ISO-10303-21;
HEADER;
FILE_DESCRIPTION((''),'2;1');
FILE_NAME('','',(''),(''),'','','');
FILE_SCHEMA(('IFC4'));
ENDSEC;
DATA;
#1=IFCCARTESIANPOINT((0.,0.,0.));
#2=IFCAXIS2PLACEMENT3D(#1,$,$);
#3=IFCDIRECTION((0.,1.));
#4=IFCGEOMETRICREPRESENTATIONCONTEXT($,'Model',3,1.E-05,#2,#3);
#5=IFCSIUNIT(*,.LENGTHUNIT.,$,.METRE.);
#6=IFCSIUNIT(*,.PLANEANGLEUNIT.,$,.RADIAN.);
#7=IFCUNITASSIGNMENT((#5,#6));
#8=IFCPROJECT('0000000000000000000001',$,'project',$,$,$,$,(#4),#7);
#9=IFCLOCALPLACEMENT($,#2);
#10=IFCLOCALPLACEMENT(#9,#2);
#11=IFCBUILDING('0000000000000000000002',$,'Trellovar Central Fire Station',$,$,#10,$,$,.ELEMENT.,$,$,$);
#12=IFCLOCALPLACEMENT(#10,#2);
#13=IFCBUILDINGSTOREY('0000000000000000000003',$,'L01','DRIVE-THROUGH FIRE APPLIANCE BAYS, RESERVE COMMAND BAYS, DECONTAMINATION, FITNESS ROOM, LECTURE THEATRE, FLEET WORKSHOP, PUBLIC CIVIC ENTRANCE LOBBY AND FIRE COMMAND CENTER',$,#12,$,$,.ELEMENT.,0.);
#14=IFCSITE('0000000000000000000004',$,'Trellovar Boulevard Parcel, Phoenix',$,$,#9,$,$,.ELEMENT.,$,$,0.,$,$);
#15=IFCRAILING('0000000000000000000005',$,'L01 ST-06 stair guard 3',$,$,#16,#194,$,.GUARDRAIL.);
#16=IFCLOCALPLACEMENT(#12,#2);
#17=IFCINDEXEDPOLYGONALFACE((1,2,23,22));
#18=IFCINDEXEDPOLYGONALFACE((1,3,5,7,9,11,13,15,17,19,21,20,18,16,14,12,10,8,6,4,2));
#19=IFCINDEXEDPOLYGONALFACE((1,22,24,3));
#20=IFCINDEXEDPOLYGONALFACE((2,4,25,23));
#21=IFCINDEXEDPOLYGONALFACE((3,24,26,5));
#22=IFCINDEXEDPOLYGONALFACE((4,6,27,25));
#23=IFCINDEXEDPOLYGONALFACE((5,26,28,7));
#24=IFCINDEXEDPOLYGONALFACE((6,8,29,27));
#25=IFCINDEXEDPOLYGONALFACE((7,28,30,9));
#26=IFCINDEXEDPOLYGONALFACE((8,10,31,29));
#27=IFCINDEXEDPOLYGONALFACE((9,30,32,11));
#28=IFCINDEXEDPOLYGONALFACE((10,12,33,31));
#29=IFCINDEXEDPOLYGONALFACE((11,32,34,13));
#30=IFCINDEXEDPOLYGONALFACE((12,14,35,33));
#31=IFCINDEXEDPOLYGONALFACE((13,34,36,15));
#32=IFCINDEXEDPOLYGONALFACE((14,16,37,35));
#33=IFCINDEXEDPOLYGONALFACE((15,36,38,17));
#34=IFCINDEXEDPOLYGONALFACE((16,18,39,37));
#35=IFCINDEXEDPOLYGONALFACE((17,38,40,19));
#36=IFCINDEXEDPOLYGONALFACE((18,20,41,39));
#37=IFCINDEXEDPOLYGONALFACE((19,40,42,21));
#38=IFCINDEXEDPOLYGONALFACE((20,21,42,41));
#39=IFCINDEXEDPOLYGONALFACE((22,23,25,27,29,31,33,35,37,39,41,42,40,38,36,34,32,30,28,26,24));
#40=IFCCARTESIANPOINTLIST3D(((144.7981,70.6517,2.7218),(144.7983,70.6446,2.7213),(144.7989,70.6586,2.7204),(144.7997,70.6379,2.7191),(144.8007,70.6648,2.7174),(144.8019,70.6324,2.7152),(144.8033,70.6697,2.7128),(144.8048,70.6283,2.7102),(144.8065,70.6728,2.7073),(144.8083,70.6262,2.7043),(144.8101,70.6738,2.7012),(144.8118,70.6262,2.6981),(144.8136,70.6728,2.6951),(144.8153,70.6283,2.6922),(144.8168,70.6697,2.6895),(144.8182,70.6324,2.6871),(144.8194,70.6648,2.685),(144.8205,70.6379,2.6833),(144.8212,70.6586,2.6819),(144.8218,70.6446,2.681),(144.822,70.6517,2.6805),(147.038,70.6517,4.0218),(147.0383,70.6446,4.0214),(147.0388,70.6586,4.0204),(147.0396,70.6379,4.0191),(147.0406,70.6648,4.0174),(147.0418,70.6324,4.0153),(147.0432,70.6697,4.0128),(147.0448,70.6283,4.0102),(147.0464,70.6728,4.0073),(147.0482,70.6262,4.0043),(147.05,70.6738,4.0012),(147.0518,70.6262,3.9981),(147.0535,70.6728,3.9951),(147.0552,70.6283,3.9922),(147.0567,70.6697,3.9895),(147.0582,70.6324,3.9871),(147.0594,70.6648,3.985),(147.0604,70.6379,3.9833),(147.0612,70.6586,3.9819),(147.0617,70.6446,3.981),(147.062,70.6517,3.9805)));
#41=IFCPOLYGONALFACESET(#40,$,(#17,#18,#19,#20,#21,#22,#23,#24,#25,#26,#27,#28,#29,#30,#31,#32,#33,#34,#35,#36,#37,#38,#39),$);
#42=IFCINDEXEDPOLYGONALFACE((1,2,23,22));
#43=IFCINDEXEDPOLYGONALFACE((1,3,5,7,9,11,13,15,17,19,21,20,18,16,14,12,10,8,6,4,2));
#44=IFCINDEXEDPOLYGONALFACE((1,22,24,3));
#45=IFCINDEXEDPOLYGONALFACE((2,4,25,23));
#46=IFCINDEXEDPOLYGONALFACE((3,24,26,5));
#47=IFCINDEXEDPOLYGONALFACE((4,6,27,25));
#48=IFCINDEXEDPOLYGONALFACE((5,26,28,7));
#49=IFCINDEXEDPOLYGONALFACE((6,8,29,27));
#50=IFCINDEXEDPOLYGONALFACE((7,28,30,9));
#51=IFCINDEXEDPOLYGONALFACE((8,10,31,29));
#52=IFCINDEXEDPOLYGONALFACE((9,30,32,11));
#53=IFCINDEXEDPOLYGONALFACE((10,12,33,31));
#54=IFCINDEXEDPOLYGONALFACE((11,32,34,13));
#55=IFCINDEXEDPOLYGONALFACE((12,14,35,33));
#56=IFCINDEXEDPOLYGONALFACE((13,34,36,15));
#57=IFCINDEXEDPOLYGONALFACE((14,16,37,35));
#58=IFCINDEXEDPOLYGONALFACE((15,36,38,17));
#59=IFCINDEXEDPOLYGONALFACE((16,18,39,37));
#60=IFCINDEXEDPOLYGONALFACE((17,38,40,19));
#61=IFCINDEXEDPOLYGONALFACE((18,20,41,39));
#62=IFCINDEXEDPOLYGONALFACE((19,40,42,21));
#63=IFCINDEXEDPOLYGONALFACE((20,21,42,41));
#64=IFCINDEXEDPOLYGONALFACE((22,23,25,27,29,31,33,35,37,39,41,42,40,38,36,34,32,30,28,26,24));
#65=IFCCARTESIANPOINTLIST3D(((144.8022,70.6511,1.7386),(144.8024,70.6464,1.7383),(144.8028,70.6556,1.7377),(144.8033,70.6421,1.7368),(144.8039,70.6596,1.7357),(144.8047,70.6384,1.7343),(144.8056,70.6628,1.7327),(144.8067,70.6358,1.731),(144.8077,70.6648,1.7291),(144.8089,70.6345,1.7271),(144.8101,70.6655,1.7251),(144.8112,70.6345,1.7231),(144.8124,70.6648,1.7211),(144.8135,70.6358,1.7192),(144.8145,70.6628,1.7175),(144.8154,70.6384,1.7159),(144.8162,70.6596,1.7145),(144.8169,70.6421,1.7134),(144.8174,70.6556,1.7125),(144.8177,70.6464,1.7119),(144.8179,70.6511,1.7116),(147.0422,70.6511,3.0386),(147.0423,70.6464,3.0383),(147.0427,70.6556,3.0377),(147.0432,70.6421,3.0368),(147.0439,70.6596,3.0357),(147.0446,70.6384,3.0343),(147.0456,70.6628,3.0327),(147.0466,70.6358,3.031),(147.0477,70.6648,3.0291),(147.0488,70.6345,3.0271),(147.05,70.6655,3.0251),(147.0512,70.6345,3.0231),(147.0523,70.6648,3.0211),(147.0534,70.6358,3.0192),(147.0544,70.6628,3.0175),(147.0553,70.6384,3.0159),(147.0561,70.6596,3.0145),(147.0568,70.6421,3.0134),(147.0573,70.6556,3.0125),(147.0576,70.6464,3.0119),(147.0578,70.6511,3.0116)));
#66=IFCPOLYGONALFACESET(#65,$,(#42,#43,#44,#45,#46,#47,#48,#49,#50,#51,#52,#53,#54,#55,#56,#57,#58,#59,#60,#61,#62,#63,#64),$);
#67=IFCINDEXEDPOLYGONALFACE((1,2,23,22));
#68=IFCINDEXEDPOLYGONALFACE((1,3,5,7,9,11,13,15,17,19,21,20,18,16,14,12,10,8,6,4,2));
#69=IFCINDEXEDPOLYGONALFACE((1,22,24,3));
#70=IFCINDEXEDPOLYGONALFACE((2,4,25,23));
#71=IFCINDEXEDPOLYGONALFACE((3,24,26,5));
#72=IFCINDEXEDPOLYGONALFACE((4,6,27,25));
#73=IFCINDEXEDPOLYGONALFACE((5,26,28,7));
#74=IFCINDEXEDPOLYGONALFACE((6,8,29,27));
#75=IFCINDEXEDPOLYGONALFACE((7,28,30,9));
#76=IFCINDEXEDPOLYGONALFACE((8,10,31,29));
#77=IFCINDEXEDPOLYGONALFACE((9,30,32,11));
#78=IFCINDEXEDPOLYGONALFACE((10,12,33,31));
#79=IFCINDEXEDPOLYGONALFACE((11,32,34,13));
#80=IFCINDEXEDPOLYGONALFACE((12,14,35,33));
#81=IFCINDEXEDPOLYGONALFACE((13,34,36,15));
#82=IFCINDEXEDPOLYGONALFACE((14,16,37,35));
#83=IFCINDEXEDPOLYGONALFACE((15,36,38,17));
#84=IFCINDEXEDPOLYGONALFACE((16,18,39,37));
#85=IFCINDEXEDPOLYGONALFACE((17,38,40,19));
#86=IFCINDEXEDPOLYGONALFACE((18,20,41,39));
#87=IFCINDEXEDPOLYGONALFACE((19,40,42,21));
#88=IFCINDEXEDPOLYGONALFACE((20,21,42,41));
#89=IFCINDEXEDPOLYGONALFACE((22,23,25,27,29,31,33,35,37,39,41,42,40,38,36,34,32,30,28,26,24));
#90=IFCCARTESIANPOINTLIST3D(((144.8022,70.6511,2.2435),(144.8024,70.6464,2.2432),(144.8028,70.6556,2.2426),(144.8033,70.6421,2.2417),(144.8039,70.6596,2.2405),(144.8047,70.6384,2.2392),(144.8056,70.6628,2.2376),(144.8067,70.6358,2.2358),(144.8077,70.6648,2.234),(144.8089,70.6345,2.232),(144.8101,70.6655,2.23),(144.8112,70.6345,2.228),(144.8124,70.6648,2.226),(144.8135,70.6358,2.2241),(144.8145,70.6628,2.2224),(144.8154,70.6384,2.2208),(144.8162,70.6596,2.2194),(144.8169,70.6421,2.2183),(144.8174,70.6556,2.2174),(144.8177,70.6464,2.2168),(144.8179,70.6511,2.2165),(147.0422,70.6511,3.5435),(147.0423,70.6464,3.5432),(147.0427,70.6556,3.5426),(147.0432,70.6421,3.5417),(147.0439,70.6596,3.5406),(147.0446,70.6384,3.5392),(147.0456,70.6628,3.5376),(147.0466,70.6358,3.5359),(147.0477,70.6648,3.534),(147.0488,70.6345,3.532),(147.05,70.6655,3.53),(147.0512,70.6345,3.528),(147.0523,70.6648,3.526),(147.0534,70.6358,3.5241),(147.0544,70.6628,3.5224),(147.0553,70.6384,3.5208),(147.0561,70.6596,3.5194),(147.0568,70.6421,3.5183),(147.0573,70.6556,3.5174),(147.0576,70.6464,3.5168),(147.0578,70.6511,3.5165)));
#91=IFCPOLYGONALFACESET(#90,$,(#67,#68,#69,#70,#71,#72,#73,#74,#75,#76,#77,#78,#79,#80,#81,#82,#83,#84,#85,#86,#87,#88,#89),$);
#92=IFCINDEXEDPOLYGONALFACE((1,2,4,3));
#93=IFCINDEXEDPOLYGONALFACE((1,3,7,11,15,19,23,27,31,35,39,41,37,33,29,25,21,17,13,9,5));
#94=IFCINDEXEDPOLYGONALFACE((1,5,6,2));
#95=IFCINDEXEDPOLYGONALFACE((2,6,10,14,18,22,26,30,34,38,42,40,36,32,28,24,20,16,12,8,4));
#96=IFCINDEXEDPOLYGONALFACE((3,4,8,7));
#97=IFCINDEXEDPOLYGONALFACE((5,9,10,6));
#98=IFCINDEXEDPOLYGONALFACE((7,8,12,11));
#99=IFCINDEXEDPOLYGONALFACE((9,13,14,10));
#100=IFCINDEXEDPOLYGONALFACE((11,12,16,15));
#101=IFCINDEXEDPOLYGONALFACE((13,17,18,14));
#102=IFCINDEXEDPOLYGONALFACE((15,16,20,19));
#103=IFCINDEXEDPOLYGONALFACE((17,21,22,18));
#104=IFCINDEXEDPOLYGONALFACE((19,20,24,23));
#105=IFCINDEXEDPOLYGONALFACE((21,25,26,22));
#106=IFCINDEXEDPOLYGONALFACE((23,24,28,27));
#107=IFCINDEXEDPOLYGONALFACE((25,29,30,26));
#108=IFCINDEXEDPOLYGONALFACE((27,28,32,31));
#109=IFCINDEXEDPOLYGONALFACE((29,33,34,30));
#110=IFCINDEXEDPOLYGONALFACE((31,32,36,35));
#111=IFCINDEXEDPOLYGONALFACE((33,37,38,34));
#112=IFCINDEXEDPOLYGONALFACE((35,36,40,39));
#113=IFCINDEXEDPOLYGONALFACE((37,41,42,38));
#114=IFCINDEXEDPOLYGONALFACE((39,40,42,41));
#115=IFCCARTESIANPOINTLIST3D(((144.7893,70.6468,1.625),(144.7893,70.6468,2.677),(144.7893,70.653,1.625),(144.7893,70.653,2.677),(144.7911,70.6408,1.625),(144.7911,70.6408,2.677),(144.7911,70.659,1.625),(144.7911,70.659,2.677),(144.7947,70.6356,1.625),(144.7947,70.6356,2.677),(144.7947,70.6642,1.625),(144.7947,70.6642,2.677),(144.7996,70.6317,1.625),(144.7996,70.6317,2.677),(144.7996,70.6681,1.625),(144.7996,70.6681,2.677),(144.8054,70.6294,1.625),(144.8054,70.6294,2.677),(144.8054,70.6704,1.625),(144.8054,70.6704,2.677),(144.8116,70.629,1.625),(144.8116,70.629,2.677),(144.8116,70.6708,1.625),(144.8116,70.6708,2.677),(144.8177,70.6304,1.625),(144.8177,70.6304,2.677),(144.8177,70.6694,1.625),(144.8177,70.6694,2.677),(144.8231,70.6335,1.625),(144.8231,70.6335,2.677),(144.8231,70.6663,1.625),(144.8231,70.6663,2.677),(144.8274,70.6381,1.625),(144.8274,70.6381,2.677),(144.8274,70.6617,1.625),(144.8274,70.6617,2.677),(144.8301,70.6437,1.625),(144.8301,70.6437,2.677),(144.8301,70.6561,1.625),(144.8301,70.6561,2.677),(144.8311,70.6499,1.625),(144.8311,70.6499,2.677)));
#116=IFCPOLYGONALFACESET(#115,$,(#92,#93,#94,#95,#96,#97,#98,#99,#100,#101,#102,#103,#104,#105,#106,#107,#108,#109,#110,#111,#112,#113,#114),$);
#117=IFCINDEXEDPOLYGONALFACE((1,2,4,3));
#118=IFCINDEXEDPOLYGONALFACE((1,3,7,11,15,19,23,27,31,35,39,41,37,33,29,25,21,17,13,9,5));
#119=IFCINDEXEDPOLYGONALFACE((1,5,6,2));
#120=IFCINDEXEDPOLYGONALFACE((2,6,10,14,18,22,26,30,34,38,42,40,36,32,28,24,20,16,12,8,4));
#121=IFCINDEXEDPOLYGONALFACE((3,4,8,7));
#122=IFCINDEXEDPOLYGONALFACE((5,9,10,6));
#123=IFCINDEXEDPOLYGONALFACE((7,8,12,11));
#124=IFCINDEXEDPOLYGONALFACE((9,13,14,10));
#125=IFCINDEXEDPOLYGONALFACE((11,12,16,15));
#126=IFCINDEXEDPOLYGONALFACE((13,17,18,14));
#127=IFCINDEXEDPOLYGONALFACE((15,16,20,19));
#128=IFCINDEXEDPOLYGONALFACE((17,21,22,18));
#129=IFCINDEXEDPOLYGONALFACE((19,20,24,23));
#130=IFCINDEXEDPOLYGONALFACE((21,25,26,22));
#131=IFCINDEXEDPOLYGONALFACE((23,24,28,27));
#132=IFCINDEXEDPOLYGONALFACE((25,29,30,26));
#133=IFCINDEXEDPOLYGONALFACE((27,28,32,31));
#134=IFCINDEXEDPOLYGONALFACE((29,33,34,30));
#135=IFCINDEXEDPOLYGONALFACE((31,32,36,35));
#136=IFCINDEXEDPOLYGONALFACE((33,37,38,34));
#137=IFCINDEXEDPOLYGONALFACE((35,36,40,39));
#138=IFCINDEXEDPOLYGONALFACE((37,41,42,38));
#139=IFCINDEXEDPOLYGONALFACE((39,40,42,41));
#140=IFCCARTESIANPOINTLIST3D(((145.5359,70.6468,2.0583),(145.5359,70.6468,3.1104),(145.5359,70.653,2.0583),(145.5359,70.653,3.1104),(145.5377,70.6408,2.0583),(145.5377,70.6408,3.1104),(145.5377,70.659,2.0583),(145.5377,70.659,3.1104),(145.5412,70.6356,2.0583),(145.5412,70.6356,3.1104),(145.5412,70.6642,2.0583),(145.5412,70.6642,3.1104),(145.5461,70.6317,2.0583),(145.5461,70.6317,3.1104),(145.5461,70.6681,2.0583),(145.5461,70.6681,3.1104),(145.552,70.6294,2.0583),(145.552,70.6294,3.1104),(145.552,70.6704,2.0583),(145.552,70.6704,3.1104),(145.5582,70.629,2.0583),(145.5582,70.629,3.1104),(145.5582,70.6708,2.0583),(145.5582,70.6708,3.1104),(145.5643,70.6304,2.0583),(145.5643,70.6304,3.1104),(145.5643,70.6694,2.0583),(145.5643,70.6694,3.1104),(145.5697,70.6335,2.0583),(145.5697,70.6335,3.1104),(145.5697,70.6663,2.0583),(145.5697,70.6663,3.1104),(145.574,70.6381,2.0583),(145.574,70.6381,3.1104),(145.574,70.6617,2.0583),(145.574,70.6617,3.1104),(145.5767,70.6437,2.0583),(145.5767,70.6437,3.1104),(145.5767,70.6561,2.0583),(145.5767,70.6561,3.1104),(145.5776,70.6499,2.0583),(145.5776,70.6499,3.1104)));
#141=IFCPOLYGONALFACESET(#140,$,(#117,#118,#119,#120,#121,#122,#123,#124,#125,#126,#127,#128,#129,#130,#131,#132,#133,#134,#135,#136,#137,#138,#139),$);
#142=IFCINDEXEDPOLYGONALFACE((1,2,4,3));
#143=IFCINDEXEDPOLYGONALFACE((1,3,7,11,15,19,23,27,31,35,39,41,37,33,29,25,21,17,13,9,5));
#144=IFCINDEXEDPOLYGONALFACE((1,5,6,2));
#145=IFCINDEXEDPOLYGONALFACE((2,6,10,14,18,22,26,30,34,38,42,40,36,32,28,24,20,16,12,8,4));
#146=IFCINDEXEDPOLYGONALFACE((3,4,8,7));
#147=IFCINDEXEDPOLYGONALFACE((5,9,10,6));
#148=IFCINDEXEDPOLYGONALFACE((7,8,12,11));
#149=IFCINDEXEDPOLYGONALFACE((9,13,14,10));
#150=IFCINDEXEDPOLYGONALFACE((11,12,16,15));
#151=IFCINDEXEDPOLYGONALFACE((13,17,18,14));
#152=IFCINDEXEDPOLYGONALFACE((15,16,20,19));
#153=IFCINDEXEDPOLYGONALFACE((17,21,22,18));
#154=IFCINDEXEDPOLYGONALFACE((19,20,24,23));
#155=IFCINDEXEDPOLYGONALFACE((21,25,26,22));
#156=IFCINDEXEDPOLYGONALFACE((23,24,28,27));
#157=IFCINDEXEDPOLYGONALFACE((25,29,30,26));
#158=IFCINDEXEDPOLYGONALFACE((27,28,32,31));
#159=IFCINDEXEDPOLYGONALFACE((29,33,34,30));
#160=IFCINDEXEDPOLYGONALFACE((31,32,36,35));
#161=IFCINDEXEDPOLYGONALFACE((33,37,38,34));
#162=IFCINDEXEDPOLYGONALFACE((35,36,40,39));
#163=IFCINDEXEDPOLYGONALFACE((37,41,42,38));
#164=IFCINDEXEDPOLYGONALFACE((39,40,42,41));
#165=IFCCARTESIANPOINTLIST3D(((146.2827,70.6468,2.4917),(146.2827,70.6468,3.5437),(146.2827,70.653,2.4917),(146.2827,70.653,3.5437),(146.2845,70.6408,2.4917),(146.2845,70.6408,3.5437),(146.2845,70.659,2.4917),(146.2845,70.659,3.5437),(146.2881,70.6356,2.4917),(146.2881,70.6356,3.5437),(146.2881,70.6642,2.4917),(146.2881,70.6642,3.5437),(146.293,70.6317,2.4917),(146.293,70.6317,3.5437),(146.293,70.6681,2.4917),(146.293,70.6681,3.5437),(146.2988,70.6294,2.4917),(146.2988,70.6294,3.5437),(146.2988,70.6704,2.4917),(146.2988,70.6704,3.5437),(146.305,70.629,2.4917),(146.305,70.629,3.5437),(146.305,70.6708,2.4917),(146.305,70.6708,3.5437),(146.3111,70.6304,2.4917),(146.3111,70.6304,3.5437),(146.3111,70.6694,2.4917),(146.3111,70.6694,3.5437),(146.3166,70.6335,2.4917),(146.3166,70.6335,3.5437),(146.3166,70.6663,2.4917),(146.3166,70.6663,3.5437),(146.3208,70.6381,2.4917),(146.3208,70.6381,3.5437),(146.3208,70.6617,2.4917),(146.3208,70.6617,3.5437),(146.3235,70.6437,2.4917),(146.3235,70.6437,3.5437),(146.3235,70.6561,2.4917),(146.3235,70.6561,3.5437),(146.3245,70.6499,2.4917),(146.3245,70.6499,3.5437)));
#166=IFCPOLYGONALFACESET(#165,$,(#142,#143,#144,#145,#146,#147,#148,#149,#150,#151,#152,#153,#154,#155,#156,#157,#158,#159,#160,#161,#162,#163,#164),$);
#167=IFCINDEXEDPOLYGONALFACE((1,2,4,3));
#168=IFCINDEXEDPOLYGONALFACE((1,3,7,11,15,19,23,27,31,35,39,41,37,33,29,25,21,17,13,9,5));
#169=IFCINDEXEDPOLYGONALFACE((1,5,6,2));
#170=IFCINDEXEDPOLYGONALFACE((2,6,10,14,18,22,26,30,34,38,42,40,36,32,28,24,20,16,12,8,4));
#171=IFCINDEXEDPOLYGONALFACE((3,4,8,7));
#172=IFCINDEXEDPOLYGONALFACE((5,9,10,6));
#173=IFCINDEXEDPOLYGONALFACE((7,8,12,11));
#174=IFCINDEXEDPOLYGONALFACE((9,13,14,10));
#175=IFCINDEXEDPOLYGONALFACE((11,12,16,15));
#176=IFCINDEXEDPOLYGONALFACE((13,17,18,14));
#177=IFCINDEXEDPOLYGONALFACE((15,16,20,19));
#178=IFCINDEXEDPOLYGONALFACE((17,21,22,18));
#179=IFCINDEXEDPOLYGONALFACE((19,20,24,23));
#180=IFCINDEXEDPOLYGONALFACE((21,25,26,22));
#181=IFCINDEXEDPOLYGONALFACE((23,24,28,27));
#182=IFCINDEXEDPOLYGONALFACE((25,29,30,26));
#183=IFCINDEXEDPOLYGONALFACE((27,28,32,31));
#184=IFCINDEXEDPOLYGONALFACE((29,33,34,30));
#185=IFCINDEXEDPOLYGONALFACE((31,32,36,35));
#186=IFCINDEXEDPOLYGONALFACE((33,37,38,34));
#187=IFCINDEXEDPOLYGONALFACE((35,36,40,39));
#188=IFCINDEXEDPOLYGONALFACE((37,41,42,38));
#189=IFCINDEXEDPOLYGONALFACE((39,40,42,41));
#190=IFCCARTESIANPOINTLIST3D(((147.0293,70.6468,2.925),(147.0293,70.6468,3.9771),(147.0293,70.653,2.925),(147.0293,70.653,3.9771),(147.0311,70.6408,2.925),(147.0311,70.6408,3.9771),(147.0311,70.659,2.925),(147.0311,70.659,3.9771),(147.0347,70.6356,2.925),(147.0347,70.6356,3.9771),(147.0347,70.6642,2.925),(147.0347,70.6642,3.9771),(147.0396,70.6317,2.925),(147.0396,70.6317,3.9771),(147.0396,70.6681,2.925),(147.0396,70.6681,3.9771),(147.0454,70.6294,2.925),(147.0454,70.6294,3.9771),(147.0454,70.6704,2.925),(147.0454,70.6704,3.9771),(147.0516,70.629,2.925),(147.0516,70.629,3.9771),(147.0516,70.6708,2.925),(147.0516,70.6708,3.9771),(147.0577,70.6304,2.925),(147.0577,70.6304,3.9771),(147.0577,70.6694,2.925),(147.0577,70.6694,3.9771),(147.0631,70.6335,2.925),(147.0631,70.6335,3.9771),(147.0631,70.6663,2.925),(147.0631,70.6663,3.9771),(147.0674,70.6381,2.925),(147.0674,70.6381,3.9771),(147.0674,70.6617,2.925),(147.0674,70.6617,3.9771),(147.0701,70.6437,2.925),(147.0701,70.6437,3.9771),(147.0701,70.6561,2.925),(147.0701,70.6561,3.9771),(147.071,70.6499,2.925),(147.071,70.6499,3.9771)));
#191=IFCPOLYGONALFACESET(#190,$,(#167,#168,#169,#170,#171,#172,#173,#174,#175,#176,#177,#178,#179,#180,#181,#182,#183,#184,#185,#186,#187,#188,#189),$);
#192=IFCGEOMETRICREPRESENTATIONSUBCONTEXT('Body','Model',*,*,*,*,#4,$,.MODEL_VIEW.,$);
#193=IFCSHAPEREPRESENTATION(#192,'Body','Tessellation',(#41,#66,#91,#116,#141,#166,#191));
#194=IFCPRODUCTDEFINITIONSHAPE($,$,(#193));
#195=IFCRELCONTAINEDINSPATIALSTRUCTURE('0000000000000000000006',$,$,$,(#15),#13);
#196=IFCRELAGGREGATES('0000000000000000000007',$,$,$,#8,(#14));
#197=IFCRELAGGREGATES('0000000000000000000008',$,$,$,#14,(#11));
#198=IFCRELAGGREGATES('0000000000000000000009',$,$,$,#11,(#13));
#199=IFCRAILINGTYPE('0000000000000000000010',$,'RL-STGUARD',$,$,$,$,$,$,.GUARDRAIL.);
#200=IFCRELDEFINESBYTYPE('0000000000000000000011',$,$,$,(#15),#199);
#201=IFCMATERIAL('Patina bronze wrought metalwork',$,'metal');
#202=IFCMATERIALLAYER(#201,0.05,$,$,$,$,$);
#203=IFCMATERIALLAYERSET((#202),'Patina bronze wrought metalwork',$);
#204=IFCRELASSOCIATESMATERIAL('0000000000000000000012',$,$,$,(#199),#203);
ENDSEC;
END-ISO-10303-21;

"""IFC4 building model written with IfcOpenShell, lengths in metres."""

from ifc_helpers import new_model, si_unit, direction, frame, origin, origin_2d, place, context, subcontext, project, spatial, circle, extrude, material, layer, layer_set, type_object, element, save


model = new_model("IFC4")

# Units and contexts
model_context = context("Model", 3, precision=1e-05, world=origin(), true_north=direction((0.0, 1.0)))
body_context = subcontext(model_context, "Body", "Model", "MODEL_VIEW")
ifc_project = project(units=[si_unit("LENGTHUNIT", "METRE"), si_unit("PLANEANGLEUNIT", "RADIAN")], contexts=[model_context])

# Site, building, storey
site_placement = place(None, origin())
site = spatial("IfcSite", under=ifc_project, at=site_placement, Name="Trellovar Boulevard Parcel, Phoenix", CompositionType="ELEMENT", RefElevation=0.0)
building_placement = place(site_placement, origin())
building = spatial("IfcBuilding", under=site, at=building_placement, Name="Trellovar Central Fire Station", CompositionType="ELEMENT")
storey_placement = place(building_placement, origin())
storey = spatial("IfcBuildingStorey", under=building, at=storey_placement, Name="L01", Description="DRIVE-THROUGH FIRE APPLIANCE BAYS, RESERVE COMMAND BAYS, DECONTAMINATION, FITNESS ROOM, LECTURE THEATRE, FLEET WORKSHOP, PUBLIC CIVIC ENTRANCE LOBBY AND FIRE COMMAND CENTER", CompositionType="ELEMENT", Elevation=0.0)

# Railing
ifc_material_1 = material(Name="Patina bronze wrought metalwork", Category="metal")
ifc_layer_1 = layer(ifc_material_1, 0.05)
ifc_layer_set_1 = layer_set([ifc_layer_1], Name="Patina bronze wrought metalwork")
railing_type_1 = type_object("IfcRailingType", Name="RL-STGUARD", PredefinedType="GUARDRAIL", material=ifc_layer_set_1)
railing_1_placement = place(storey_placement, frame((144.8101, 70.6499, 1.625)))
element("IfcRailing", 1, at=railing_1_placement, inside=storey, type_object=railing_type_1, Name="L01 ST-06 stair guard 3", PredefinedType="GUARDRAIL", context=body_context, shape_type="SweptSolid", body=[
    extrude(circle(Radius=0.0239, at=origin_2d()), frame((0.0, 0.0, 1.0762), z_axis=(0.864888, 0.0, 0.501965), x_axis=(0.0, 1.0, 0.0)), (0.0, 0.0, 1.0), 2.5898),
    extrude(circle(Radius=0.0156, at=origin_2d()), frame((0.0, 0.0, 0.1001), z_axis=(0.864888, 0.0, 0.501965), x_axis=(0.0, 1.0, 0.0)), (0.0, 0.0, 1.0), 2.5898),
    extrude(circle(Radius=0.0156, at=origin_2d()), frame((0.0, 0.0, 0.605), z_axis=(0.864888, 0.0, 0.501965), x_axis=(0.0, 1.0, 0.0)), (0.0, 0.0, 1.0), 2.5898),
    extrude(circle(Radius=0.021, at=origin_2d()), origin(), (0.0, 0.0, 1.0), 1.052),
    extrude(circle(Radius=0.021, at=origin_2d()), frame((0.7466, 0.0, 0.4333)), (0.0, 0.0, 1.0), 1.052),
    extrude(circle(Radius=0.021, at=origin_2d()), frame((1.4934, 0.0, 0.8667)), (0.0, 0.0, 1.0), 1.052),
    extrude(circle(Radius=0.021, at=origin_2d()), frame((2.24, 0.0, 1.3)), (0.0, 0.0, 1.0), 1.052),
])

save(model, "model.ifc")
